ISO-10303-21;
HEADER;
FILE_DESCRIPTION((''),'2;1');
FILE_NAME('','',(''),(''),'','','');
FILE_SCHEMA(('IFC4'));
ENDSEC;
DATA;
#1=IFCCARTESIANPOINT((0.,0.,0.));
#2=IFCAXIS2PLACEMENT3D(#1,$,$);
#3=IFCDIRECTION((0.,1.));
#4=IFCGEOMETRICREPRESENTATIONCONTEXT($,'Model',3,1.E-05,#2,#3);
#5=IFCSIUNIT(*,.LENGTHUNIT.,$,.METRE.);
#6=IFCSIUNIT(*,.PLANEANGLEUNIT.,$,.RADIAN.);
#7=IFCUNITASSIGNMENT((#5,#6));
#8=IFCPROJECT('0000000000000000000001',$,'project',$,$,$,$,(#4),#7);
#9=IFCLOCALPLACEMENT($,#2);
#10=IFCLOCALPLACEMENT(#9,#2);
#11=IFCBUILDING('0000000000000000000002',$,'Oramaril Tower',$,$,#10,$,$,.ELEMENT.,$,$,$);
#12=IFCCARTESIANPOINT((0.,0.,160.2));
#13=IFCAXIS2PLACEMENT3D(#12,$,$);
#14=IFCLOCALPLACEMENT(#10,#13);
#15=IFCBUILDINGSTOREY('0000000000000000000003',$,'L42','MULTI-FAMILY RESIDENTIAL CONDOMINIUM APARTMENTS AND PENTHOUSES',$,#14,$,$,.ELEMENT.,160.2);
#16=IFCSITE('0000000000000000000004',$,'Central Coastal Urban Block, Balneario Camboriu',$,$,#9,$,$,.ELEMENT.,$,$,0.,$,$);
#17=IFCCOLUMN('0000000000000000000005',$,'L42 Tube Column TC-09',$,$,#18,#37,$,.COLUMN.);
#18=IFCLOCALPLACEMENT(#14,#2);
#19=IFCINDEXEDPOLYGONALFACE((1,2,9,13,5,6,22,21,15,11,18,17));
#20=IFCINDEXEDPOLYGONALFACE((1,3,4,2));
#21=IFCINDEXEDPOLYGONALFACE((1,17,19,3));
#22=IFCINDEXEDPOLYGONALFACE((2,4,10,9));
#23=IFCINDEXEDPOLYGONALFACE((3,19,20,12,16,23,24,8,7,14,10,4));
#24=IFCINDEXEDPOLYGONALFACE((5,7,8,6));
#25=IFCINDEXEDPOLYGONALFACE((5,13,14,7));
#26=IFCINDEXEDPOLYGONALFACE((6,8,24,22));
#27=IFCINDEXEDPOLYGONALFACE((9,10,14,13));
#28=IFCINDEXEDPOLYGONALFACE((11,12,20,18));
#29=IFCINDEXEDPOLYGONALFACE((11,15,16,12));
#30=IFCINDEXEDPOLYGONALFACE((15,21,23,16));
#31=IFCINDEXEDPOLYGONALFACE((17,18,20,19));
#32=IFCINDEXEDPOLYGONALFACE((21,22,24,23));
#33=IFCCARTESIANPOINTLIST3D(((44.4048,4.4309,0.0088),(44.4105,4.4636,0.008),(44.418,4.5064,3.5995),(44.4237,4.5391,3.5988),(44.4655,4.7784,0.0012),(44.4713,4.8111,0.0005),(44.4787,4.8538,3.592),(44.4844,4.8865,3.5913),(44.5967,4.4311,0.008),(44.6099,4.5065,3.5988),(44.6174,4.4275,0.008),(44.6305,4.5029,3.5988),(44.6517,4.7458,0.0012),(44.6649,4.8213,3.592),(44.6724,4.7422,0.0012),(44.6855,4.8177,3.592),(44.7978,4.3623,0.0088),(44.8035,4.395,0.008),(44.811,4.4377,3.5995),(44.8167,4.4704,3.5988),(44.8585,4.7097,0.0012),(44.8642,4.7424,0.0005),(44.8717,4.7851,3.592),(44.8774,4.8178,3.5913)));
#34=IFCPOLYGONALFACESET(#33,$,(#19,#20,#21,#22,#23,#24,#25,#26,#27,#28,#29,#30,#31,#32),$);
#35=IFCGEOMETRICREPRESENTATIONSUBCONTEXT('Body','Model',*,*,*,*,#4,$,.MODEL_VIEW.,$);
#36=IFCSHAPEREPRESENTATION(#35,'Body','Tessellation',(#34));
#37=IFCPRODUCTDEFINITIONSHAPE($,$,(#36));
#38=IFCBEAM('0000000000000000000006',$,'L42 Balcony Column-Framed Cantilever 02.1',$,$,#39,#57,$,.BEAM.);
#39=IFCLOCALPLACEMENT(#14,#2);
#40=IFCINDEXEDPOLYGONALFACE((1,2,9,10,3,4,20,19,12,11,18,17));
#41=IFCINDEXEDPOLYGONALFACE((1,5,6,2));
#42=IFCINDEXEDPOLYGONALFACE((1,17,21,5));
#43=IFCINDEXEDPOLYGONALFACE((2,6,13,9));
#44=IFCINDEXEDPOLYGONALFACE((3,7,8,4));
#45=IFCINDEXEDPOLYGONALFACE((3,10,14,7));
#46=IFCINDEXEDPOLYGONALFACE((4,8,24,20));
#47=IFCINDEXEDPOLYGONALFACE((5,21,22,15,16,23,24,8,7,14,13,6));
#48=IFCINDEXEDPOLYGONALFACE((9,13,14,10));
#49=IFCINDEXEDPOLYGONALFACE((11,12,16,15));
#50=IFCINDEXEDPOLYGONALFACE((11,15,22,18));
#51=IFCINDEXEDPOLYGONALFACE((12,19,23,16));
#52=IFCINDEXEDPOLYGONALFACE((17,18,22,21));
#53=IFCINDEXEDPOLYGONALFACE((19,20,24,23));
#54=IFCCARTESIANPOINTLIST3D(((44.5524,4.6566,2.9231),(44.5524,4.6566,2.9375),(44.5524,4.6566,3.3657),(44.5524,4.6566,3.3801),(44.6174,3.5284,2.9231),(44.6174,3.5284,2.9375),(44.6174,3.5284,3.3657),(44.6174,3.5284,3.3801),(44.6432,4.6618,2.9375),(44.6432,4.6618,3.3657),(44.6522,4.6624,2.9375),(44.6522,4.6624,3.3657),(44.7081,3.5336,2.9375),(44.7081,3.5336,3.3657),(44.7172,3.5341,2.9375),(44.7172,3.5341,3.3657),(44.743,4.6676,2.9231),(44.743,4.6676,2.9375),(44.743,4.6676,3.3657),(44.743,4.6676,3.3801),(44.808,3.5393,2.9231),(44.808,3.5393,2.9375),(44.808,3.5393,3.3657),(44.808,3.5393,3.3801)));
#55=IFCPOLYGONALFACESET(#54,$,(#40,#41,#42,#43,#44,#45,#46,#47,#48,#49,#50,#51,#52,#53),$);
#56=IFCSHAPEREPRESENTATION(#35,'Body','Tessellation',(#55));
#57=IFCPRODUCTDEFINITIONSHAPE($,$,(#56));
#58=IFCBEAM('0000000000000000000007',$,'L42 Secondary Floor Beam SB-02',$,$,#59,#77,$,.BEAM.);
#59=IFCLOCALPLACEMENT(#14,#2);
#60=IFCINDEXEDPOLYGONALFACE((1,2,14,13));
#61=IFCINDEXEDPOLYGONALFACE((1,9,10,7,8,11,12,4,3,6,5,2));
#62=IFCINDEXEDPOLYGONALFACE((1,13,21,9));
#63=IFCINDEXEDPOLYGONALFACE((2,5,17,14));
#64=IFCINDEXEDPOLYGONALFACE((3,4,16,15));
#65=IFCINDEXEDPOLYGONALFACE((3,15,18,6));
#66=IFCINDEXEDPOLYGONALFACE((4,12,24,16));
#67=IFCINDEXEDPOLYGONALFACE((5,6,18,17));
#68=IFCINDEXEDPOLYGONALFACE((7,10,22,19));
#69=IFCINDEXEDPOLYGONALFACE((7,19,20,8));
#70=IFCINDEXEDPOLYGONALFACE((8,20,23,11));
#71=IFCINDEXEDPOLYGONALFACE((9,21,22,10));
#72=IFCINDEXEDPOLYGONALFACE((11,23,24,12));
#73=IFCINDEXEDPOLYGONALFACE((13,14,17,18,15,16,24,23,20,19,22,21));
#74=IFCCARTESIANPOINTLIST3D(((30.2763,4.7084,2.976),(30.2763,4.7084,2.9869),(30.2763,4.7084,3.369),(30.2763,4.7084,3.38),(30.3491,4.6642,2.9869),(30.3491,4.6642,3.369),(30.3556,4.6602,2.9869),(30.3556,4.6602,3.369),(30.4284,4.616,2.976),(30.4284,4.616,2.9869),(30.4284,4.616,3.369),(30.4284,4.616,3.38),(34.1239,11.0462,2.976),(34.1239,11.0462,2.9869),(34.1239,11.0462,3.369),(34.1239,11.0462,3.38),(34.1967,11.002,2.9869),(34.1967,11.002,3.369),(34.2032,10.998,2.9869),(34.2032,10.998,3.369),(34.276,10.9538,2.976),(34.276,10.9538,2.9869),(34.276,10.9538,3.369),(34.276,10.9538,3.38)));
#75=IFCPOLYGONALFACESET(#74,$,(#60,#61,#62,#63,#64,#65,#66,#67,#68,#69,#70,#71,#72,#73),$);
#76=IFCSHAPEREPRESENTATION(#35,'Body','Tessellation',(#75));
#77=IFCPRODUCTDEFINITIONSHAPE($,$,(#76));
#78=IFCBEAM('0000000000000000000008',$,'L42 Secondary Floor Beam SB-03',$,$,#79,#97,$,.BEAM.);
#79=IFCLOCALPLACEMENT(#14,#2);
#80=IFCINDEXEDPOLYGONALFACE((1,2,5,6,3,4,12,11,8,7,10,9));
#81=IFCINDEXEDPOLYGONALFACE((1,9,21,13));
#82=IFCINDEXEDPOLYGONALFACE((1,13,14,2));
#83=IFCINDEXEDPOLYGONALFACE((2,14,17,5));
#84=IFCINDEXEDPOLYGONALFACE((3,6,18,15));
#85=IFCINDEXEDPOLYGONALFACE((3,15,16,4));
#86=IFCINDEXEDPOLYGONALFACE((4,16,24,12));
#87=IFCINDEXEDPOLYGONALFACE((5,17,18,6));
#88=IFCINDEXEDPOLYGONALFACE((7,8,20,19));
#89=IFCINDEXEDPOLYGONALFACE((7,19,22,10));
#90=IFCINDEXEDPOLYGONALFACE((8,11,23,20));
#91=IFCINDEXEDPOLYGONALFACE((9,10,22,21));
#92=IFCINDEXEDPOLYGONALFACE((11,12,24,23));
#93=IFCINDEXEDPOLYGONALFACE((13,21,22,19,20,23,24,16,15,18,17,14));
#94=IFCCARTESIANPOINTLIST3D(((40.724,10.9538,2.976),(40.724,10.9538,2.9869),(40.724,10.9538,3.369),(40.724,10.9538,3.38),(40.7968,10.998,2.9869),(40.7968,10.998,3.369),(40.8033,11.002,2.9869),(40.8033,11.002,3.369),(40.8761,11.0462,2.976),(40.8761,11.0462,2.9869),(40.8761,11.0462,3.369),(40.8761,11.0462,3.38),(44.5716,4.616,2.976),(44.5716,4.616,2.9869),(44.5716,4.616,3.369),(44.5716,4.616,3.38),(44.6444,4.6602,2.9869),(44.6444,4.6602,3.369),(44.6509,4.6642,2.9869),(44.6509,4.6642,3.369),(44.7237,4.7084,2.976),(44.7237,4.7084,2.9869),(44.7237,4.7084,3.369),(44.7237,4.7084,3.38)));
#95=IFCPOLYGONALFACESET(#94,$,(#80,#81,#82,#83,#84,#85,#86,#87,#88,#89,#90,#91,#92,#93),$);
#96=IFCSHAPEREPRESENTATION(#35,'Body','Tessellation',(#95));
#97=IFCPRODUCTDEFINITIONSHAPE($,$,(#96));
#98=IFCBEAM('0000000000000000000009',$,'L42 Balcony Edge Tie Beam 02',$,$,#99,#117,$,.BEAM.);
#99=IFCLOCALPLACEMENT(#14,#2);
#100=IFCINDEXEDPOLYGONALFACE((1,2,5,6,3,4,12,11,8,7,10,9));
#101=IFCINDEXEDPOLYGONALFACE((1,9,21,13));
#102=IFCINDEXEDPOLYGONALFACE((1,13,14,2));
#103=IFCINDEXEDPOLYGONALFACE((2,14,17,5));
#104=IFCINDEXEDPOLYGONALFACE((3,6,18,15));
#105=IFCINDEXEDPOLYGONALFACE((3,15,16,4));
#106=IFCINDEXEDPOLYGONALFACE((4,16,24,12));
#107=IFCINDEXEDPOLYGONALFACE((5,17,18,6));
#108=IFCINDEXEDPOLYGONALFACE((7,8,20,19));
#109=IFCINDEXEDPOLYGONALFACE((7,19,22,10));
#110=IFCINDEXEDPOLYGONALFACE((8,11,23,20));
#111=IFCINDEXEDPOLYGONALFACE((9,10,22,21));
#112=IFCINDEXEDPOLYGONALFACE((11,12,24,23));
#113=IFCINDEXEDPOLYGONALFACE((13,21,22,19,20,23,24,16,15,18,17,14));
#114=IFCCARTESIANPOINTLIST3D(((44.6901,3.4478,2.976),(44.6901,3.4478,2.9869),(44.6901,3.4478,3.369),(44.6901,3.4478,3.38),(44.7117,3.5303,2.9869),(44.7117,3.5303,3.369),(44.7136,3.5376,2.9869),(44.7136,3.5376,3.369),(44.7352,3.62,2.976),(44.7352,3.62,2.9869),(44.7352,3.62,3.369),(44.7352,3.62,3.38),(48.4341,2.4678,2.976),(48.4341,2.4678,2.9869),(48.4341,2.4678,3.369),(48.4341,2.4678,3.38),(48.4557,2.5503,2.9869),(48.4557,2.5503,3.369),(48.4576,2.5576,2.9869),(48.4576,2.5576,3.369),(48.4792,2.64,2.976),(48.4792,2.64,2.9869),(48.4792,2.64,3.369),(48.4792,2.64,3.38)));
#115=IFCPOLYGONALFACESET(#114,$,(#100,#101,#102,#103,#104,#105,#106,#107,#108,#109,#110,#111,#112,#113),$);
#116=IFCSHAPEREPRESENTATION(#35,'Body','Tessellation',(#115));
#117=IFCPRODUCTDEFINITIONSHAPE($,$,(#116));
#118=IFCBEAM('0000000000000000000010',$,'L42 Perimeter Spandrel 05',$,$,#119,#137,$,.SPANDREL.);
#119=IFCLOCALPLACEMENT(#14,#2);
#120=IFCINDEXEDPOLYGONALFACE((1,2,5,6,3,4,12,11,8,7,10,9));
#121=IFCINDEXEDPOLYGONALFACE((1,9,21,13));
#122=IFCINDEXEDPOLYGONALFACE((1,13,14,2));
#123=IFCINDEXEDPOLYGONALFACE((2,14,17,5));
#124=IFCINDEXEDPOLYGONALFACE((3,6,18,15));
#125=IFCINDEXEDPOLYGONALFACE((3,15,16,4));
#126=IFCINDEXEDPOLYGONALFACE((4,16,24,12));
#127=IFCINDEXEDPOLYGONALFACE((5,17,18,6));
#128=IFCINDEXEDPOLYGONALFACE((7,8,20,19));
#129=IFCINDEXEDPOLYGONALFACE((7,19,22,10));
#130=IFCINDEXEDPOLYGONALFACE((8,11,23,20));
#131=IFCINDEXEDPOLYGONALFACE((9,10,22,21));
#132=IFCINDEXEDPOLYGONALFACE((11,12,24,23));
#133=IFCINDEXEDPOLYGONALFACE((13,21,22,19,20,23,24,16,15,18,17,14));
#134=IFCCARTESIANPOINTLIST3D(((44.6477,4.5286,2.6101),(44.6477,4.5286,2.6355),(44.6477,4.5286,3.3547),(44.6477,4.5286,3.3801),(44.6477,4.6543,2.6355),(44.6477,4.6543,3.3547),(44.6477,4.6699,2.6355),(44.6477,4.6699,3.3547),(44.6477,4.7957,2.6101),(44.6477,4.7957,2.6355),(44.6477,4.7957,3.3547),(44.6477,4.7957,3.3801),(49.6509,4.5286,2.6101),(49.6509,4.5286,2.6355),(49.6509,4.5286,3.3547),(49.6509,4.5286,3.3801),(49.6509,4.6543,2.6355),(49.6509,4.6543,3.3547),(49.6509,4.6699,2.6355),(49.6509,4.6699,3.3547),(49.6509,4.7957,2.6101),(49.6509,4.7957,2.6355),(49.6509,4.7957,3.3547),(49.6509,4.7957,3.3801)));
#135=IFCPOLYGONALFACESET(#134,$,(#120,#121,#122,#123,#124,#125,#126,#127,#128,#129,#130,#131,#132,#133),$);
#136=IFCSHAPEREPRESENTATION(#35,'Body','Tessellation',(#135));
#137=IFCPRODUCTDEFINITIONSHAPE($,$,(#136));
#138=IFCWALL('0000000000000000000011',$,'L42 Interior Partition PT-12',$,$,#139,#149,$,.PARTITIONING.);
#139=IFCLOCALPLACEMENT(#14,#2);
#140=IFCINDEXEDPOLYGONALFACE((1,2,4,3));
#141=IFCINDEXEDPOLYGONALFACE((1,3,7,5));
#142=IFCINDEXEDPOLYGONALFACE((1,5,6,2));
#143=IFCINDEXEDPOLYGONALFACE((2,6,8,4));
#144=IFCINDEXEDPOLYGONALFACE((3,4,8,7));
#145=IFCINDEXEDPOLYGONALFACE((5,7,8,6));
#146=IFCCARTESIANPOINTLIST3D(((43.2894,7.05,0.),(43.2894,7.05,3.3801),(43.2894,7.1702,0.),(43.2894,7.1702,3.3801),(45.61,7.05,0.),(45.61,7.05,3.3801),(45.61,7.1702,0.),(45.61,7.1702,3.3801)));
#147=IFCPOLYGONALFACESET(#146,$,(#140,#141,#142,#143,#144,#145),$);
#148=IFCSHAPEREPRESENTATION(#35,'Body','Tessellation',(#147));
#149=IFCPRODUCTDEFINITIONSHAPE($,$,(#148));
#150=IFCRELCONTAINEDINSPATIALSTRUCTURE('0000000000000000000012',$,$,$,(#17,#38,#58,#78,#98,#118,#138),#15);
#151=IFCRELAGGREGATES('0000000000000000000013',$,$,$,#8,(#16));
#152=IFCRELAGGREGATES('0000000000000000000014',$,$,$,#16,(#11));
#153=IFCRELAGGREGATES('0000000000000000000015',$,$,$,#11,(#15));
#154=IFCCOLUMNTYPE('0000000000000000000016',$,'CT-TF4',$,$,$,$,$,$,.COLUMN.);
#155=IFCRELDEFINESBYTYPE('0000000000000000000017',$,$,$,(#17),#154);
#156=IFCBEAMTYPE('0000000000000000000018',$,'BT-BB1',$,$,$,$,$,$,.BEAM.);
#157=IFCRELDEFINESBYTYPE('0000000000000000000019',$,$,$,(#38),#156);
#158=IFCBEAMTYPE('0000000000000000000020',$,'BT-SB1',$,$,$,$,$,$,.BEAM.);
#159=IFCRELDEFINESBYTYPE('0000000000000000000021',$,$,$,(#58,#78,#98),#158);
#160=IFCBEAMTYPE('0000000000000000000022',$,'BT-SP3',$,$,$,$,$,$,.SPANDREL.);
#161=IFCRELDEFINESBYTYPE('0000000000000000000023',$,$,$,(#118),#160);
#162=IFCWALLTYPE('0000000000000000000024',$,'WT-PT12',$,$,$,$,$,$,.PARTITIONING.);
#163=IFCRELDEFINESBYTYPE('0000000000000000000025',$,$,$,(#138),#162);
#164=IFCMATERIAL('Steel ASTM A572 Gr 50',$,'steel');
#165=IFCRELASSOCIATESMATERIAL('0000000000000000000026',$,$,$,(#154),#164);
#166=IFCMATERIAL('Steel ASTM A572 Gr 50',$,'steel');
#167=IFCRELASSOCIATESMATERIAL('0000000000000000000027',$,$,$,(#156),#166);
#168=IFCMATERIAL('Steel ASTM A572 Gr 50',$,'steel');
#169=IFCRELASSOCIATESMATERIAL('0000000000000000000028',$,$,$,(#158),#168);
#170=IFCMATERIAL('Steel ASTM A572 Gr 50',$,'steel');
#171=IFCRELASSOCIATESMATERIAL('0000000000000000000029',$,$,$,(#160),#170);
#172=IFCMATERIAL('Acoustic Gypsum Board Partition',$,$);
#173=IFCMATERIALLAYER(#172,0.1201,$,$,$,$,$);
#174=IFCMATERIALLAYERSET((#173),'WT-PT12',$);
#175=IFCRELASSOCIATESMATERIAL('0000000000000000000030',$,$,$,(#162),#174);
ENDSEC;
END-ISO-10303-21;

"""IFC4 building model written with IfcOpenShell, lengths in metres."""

from ifc_helpers import new_model, si_unit, direction, frame, frame_2d, origin, origin_2d, place, context, subcontext, project, spatial, rectangle, i_section, extrude, material, layer, layer_set, material_profile, profile_set, type_object, element, save


model = new_model("IFC4")

# Units and contexts
model_context = context("Model", 3, precision=1e-05, world=origin(), true_north=direction((0.0, 1.0)))
body_context = subcontext(model_context, "Body", "Model", "MODEL_VIEW")
ifc_project = project(units=[si_unit("LENGTHUNIT", "METRE"), si_unit("PLANEANGLEUNIT", "RADIAN")], contexts=[model_context])

# Site, building, storey
site_placement = place(None, origin())
site = spatial("IfcSite", under=ifc_project, at=site_placement, Name="Central Coastal Urban Block, Balneario Camboriu", CompositionType="ELEMENT", RefElevation=0.0)
building_placement = place(site_placement, origin())
building = spatial("IfcBuilding", under=site, at=building_placement, Name="Oramaril Tower", CompositionType="ELEMENT")
storey_placement = place(building_placement, frame((0.0, 0.0, 160.2)))
storey = spatial("IfcBuildingStorey", under=building, at=storey_placement, Name="L42", Description="MULTI-FAMILY RESIDENTIAL CONDOMINIUM APARTMENTS AND PENTHOUSES", CompositionType="ELEMENT", Elevation=160.2)

# Column
ifc_material_1 = material(Name="Steel ASTM A572 Gr 50", Category="steel")
ifc_material_profile_1 = material_profile(ifc_material_1, i_section(OverallWidth=0.3989, OverallDepth=0.386, WebThickness=0.021, FlangeThickness=0.0332, at=origin_2d()), Name="W14X176")
ifc_profile_set_1 = profile_set([ifc_material_profile_1], Name="Steel ASTM A572 Gr 50")
column_type = type_object("IfcColumnType", Name="CT-TF4", PredefinedType="COLUMN", material=ifc_profile_set_1)
column_placement = place(storey_placement, frame((44.6345, 4.5867, 0.0046), z_axis=(0.003671, 0.021004, 0.999773), x_axis=(-0.985071, 0.172148, 0.0)))
element("IfcColumn", 1, at=column_placement, inside=storey, type_object=column_type, Name="L42 Tube Column TC-09", PredefinedType="COLUMN", context=body_context, shape_type="SweptSolid", body=[
    extrude(i_section(OverallWidth=0.3989, OverallDepth=0.386, WebThickness=0.021, FlangeThickness=0.0332, at=origin_2d()), origin(), (0.0, 0.0, 1.0), 3.5916),
])

# Beams
ifc_material_2 = material(Name="Steel ASTM A572 Gr 50", Category="steel")
ifc_material_profile_2 = material_profile(ifc_material_2, i_section(OverallWidth=0.1909, OverallDepth=0.457, WebThickness=0.009, FlangeThickness=0.0144, at=origin_2d()), Name="W18X50")
ifc_profile_set_2 = profile_set([ifc_material_profile_2], Name="Steel ASTM A572 Gr 50")
beam_type_1 = type_object("IfcBeamType", Name="BT-BB1", PredefinedType="BEAM", material=ifc_profile_set_2)
beam_1_placement = place(storey_placement, frame((44.6477, 4.6621, 3.1516), z_axis=(0.057468, -0.998347, 0.0), x_axis=(0.998347, 0.057468, 0.0)))
element("IfcBeam", 2, at=beam_1_placement, inside=storey, type_object=beam_type_1, Name="L42 Balcony Column-Framed Cantilever 02.1", PredefinedType="BEAM", context=body_context, shape_type="SweptSolid", body=[
    extrude(i_section(OverallWidth=0.1909, OverallDepth=0.457, WebThickness=0.009, FlangeThickness=0.0144, at=origin_2d()), origin(), (0.0, 0.0, 1.0), 1.1301),
])
ifc_material_3 = material(Name="Steel ASTM A572 Gr 50", Category="steel")
ifc_material_profile_3 = material_profile(ifc_material_3, i_section(OverallWidth=0.178, OverallDepth=0.4041, WebThickness=0.0076, FlangeThickness=0.011, at=origin_2d()), Name="W16X36")
ifc_profile_set_3 = profile_set([ifc_material_profile_3], Name="Steel ASTM A572 Gr 50")
beam_type_2 = type_object("IfcBeamType", Name="BT-SB1", PredefinedType="BEAM", material=ifc_profile_set_3)
for number, where, z_axis, x_axis, name in (
    (3, (34.2, 11.0, 3.178), (-0.518944, -0.854808, 0.0), (0.854808, -0.518944, 0.0), "L42 Secondary Floor Beam SB-02"),
    (4, (40.8, 11.0, 3.178), (0.518944, -0.854808, 0.0), (0.854808, 0.518944, 0.0), "L42 Secondary Floor Beam SB-03"),
):
    element("IfcBeam", number, at=place(storey_placement, frame(where, z_axis=z_axis, x_axis=x_axis)), inside=storey, type_object=beam_type_2, Name=name, PredefinedType="BEAM", context=body_context, shape_type="SweptSolid", body=[
        extrude(i_section(OverallWidth=0.178, OverallDepth=0.4041, WebThickness=0.0076, FlangeThickness=0.011, at=origin_2d()), origin(), (0.0, 0.0, 1.0), 7.4143),
    ])
beam_2_placement = place(storey_placement, frame((44.7126, 3.5339, 3.178), z_axis=(0.967408, -0.253223, 0.0), x_axis=(0.253223, 0.967408, 0.0)))
element("IfcBeam", 5, at=beam_2_placement, inside=storey, type_object=beam_type_2, Name="L42 Balcony Edge Tie Beam 02", PredefinedType="BEAM", context=body_context, shape_type="SweptSolid", body=[
    extrude(i_section(OverallWidth=0.178, OverallDepth=0.4041, WebThickness=0.0076, FlangeThickness=0.011, at=origin_2d()), origin(), (0.0, 0.0, 1.0), 3.8701),
])
ifc_material_4 = material(Name="Steel ASTM A572 Gr 50", Category="steel")
ifc_material_profile_4 = material_profile(ifc_material_4, i_section(OverallWidth=0.2671, OverallDepth=0.77, WebThickness=0.0156, FlangeThickness=0.0254, at=origin_2d()), Name="W30X132")
ifc_profile_set_4 = profile_set([ifc_material_profile_4], Name="Steel ASTM A572 Gr 50")
beam_type_3 = type_object("IfcBeamType", Name="BT-SP3", PredefinedType="SPANDREL", material=ifc_profile_set_4)
beam_3_placement = place(storey_placement, frame((44.6477, 4.6621, 2.9951), z_axis=(1.0, 0.0, 0.0), x_axis=(0.0, 1.0, 0.0)))
element("IfcBeam", 6, at=beam_3_placement, inside=storey, type_object=beam_type_3, Name="L42 Perimeter Spandrel 05", PredefinedType="SPANDREL", context=body_context, shape_type="SweptSolid", body=[
    extrude(i_section(OverallWidth=0.2671, OverallDepth=0.77, WebThickness=0.0156, FlangeThickness=0.0254, at=origin_2d()), origin(), (0.0, 0.0, 1.0), 5.0032),
])

# Wall
ifc_material_5 = material(Name="Acoustic Gypsum Board Partition")
ifc_layer_1 = layer(ifc_material_5, 0.1201)
ifc_layer_set_1 = layer_set([ifc_layer_1], Name="WT-PT12")
wall_type_1 = type_object("IfcWallType", Name="WT-PT12", PredefinedType="PARTITIONING", material=ifc_layer_set_1)
wall_1_placement = place(storey_placement, frame((43.2896, 7.1101, 0.0), z_axis=(0.0, 0.0, 1.0), x_axis=(1.0, 0.0, 0.0)))
element("IfcWall", 7, at=wall_1_placement, inside=storey, type_object=wall_type_1, Name="L42 Interior Partition PT-12", PredefinedType="PARTITIONING", context=body_context, shape_type="SweptSolid", body=[
    extrude(rectangle(XDim=2.3206, YDim=0.1201, at=frame_2d((1.1602, 0.0))), origin(), (0.0, 0.0, 1.0), 3.3801),
])

save(model, "model.ifc")
